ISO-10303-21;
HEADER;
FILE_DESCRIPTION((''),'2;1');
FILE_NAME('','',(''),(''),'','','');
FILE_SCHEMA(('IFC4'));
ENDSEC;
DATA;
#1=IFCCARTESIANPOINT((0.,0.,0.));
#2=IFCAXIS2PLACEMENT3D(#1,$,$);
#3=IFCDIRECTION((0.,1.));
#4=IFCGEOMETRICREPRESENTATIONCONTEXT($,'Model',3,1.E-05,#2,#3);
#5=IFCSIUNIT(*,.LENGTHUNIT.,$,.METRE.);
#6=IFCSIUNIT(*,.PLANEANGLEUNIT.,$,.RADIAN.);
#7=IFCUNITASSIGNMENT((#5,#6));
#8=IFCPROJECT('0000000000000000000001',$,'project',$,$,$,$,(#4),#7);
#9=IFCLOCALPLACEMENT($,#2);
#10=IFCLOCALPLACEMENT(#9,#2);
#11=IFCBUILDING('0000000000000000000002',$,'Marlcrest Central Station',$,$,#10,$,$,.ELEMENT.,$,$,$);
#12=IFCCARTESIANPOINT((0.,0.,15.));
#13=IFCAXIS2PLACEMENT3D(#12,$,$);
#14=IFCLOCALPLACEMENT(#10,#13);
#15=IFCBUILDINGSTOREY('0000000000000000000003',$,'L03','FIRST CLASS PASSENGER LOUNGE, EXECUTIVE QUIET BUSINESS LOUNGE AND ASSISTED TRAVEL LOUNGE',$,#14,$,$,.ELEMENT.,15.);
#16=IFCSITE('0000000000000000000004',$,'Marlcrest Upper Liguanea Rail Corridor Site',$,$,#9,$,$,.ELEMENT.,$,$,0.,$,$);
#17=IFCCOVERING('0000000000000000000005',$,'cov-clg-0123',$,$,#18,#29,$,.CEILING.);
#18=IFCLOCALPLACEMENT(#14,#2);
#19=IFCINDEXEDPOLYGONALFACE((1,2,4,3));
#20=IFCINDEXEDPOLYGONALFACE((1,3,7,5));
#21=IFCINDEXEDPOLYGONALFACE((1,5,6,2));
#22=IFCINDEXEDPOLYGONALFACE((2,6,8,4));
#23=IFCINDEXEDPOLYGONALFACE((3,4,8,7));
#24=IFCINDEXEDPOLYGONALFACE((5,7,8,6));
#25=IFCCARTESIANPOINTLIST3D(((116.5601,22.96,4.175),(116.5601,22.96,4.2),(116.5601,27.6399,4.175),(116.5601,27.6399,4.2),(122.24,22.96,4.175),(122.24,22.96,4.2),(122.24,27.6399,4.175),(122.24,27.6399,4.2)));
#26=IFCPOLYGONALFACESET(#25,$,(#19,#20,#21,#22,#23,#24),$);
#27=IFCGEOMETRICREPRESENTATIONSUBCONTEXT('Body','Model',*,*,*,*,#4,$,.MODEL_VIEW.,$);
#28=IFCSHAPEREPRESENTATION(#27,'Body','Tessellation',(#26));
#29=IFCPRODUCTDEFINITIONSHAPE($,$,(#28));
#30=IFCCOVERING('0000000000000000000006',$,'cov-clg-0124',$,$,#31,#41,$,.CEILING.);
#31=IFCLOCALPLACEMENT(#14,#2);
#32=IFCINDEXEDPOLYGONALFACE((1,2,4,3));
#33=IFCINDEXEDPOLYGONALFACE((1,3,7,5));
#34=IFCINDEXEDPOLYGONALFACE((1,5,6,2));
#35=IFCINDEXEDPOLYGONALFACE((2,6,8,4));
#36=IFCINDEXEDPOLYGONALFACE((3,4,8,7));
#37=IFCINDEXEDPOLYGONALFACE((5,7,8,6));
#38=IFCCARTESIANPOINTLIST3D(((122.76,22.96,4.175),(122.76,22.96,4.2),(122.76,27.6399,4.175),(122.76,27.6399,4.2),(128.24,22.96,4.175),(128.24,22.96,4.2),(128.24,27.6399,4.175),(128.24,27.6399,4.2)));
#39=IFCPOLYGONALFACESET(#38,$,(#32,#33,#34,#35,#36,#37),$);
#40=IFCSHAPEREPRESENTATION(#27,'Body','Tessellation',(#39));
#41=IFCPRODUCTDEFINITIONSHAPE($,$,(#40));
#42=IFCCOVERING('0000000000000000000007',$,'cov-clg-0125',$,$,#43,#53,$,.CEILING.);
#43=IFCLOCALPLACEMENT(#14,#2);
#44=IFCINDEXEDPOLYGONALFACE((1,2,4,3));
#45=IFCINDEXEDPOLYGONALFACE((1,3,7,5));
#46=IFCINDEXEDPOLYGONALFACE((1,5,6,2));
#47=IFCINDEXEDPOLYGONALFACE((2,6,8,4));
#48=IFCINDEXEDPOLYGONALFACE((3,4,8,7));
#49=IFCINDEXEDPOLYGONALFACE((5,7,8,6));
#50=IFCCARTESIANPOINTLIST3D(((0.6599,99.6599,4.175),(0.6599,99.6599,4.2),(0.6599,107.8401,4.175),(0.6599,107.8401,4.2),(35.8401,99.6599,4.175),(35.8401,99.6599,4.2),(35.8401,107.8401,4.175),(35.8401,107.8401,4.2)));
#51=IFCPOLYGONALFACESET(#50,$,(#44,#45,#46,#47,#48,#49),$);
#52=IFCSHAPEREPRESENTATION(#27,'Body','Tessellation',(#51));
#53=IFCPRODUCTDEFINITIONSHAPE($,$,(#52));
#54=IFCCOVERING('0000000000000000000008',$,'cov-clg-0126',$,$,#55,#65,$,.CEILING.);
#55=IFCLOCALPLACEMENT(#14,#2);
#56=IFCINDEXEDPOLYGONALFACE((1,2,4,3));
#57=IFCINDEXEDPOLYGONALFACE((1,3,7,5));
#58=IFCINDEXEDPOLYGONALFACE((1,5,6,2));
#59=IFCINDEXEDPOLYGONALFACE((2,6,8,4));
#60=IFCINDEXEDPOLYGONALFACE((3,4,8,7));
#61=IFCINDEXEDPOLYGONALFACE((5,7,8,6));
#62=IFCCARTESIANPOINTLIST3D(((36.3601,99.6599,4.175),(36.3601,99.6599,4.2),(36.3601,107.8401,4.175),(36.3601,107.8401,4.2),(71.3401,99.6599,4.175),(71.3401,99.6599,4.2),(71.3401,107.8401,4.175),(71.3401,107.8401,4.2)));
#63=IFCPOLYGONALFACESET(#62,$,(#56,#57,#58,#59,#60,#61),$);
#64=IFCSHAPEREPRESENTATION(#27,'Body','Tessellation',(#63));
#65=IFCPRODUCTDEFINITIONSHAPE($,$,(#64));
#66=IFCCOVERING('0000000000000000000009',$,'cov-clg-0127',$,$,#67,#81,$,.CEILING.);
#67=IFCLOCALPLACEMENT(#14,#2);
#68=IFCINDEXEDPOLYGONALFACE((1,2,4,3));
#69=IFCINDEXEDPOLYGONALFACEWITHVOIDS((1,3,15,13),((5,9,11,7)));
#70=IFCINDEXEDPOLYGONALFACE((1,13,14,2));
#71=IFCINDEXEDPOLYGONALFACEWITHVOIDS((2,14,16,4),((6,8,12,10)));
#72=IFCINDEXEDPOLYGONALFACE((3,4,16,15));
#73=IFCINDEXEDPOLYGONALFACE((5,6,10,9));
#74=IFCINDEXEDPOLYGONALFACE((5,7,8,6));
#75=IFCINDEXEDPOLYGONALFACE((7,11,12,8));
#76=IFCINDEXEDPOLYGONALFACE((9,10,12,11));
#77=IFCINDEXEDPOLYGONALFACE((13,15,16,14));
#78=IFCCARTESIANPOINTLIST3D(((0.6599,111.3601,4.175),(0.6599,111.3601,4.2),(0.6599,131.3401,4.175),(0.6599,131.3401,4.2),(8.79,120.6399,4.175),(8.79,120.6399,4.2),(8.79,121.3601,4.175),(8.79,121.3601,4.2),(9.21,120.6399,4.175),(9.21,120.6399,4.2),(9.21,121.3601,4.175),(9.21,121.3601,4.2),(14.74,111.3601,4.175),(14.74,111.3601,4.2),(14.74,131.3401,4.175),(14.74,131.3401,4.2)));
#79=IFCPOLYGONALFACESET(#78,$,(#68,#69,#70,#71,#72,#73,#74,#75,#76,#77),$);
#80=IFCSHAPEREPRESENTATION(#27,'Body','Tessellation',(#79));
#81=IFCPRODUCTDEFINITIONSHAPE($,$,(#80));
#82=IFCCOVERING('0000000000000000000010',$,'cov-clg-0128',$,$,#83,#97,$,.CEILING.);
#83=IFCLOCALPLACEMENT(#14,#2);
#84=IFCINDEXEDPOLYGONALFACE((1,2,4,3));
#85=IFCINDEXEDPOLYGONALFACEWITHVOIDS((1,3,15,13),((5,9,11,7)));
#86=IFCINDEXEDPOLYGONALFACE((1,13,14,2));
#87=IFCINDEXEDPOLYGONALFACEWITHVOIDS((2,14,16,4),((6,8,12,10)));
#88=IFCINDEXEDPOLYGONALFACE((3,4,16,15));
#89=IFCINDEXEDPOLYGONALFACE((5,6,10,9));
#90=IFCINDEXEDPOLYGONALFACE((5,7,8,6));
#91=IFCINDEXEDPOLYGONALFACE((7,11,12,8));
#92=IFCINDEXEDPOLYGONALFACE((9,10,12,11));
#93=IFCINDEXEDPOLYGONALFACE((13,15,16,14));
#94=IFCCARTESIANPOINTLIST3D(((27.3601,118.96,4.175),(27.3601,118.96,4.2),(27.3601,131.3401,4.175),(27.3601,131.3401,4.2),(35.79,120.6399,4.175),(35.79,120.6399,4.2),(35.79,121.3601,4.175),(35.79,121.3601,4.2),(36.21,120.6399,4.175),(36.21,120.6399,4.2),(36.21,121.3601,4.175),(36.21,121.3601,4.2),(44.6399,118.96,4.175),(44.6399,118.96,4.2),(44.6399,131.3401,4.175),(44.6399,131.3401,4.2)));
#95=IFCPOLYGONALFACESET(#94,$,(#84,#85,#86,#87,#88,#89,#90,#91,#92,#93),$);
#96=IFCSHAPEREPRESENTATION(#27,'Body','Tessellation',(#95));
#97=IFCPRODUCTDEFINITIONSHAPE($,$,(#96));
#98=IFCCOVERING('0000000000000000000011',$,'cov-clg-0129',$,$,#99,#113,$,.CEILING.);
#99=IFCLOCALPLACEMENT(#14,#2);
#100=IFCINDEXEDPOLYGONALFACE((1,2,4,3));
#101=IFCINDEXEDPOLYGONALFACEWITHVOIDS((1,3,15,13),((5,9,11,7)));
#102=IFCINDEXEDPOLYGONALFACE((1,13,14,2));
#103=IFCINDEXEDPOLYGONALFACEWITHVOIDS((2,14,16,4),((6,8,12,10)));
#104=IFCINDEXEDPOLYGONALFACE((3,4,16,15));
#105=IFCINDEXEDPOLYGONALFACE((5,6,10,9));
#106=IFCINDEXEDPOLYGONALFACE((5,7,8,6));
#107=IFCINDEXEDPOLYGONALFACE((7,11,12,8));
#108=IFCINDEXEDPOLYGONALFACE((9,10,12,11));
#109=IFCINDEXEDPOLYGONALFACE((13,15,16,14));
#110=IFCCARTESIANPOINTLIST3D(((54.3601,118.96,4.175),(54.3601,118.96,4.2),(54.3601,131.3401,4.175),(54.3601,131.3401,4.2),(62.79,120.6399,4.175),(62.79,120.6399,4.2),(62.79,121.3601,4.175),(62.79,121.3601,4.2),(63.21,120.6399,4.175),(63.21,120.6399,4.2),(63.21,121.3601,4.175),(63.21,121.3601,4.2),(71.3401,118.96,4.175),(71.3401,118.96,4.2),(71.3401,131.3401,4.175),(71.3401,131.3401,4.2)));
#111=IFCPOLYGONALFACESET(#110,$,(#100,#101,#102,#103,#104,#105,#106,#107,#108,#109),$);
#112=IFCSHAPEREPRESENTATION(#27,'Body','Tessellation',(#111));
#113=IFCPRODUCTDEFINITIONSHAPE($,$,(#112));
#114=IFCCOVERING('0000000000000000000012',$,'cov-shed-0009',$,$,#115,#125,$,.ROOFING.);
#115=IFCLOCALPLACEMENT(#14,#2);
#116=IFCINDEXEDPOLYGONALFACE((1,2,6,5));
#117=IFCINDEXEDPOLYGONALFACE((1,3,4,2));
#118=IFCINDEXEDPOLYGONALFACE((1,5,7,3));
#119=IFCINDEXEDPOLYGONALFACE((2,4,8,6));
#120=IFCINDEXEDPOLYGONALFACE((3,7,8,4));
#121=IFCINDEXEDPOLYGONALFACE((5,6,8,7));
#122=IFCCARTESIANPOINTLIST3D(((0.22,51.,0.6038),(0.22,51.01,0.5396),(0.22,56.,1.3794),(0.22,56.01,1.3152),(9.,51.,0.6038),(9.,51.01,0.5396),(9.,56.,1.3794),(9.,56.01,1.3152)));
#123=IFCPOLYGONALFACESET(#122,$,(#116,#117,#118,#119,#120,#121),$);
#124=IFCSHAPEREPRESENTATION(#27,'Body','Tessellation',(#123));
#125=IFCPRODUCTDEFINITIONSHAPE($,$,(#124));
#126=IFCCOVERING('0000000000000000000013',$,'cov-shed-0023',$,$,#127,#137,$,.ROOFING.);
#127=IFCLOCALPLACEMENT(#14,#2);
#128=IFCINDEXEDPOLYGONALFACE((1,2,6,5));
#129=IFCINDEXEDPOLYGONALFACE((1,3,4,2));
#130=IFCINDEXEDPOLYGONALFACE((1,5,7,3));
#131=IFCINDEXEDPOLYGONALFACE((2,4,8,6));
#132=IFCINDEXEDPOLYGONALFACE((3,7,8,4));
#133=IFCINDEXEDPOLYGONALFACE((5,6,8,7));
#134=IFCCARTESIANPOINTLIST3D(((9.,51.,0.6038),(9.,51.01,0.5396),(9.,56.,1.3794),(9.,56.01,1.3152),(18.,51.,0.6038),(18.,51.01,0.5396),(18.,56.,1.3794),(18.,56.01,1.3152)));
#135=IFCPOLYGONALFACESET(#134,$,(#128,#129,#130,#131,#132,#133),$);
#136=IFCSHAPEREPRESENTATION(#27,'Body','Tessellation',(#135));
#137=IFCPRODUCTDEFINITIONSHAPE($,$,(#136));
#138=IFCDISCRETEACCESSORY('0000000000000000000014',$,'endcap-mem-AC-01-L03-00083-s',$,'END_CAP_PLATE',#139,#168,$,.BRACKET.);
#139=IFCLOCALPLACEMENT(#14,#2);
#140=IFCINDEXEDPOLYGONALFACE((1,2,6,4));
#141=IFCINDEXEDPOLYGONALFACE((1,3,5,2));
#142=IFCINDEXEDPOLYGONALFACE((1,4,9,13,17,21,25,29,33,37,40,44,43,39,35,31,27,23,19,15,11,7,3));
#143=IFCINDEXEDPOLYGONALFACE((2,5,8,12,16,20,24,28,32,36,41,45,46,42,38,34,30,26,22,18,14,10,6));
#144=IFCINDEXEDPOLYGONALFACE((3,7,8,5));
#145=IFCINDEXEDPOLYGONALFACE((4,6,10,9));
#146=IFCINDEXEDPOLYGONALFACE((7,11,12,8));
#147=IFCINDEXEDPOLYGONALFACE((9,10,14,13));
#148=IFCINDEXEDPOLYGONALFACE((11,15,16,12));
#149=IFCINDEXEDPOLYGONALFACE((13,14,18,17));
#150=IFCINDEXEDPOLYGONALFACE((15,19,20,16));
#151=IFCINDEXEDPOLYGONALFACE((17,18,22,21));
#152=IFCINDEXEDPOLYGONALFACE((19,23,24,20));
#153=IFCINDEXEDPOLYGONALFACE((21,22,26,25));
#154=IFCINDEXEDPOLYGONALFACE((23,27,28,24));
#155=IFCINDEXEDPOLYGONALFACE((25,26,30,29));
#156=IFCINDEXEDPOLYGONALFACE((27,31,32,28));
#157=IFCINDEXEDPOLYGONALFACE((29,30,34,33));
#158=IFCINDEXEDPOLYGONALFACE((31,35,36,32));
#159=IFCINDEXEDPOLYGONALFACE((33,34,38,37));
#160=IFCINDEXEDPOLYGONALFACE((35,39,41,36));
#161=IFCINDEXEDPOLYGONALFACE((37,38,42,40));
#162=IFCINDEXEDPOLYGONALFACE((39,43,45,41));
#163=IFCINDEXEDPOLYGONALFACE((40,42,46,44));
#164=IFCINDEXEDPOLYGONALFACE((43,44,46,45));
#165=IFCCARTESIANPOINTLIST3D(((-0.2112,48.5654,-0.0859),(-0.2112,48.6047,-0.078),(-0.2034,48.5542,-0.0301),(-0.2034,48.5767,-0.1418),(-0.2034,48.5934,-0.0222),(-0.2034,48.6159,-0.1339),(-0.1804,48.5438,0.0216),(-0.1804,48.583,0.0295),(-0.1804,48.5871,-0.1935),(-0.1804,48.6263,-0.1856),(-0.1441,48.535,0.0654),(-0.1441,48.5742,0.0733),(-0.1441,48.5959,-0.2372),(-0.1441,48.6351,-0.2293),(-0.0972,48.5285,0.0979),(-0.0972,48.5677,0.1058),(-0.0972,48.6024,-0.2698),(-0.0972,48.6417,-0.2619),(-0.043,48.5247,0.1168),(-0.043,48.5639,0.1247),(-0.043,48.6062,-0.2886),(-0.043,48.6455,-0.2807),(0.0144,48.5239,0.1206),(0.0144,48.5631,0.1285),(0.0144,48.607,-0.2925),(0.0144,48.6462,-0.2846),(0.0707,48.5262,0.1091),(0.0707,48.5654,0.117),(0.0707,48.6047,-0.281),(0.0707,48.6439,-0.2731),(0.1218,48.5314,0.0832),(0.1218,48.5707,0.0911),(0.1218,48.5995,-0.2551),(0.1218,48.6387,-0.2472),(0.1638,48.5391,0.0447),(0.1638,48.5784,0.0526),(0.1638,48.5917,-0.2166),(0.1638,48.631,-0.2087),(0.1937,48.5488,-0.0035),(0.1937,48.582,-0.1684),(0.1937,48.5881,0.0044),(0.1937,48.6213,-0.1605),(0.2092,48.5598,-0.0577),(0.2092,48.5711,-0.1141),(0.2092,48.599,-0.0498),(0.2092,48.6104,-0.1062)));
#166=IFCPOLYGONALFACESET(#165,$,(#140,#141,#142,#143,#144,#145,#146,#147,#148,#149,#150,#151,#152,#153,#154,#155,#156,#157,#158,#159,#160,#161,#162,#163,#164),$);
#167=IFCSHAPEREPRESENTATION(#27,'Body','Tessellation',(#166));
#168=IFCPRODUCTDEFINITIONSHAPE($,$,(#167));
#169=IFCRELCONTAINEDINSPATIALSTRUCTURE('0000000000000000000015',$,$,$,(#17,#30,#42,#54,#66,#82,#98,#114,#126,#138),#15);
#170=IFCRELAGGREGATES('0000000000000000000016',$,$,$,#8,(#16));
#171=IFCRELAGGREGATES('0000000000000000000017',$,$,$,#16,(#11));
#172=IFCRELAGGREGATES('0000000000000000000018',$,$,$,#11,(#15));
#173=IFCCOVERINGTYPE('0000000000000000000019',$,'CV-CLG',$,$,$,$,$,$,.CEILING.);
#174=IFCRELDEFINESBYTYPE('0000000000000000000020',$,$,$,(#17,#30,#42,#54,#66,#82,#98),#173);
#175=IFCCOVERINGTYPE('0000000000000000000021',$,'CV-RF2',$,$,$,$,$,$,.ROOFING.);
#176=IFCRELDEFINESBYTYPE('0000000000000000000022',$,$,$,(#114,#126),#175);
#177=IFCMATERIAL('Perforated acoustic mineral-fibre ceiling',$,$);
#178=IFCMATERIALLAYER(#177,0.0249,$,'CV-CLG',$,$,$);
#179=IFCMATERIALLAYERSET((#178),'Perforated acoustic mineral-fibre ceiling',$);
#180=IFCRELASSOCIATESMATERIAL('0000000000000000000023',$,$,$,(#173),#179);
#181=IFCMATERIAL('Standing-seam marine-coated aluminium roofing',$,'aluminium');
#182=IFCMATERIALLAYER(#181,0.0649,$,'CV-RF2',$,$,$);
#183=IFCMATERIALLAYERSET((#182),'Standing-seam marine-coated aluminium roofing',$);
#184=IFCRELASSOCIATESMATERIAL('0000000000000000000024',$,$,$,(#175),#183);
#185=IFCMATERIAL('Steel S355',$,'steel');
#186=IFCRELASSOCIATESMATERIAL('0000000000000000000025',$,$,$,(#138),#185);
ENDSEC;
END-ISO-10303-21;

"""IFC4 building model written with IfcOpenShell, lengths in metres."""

from ifc_helpers import new_model, si_unit, direction, frame, origin, origin_2d, place, context, subcontext, project, spatial, polyline, circle, outline, extrude, material, layer, layer_set, type_object, element, save


model = new_model("IFC4")

# Units and contexts
model_context = context("Model", 3, precision=1e-05, world=origin(), true_north=direction((0.0, 1.0)))
body_context = subcontext(model_context, "Body", "Model", "MODEL_VIEW")
ifc_project = project(units=[si_unit("LENGTHUNIT", "METRE"), si_unit("PLANEANGLEUNIT", "RADIAN")], contexts=[model_context])

# Site, building, storey
site_placement = place(None, origin())
site = spatial("IfcSite", under=ifc_project, at=site_placement, Name="Marlcrest Upper Liguanea Rail Corridor Site", CompositionType="ELEMENT", RefElevation=0.0)
building_placement = place(site_placement, origin())
building = spatial("IfcBuilding", under=site, at=building_placement, Name="Marlcrest Central Station", CompositionType="ELEMENT")
storey_placement = place(building_placement, frame((0.0, 0.0, 15.0)))
storey = spatial("IfcBuildingStorey", under=building, at=storey_placement, Name="L03", Description="FIRST CLASS PASSENGER LOUNGE, EXECUTIVE QUIET BUSINESS LOUNGE AND ASSISTED TRAVEL LOUNGE", CompositionType="ELEMENT", Elevation=15.0)

# Shared definitions
ifc_material_1 = material(Name="Steel S355", Category="steel")

# Coverings
ifc_material_2 = material(Name="Perforated acoustic mineral-fibre ceiling")
ifc_layer_1 = layer(ifc_material_2, 0.0249, Name="CV-CLG")
ifc_layer_set_1 = layer_set([ifc_layer_1], Name="Perforated acoustic mineral-fibre ceiling")
covering_type_1 = type_object("IfcCoveringType", Name="CV-CLG", PredefinedType="CEILING", material=ifc_layer_set_1)
covering_1_placement = place(storey_placement, frame((0.0, 0.0, 4.175)))
element("IfcCovering", 1, at=covering_1_placement, inside=storey, type_object=covering_type_1, Name="cov-clg-0123", PredefinedType="CEILING", context=body_context, shape_type="SweptSolid", body=[
    extrude(outline(polyline([(122.24, 22.96), (122.24, 27.6399), (116.5601, 27.6399), (116.5601, 22.96), (122.24, 22.96)])), origin(), (0.0, 0.0, 1.0), 0.0249),
])
covering_2_placement = place(storey_placement, frame((0.0, 0.0, 4.175)))
element("IfcCovering", 2, at=covering_2_placement, inside=storey, type_object=covering_type_1, Name="cov-clg-0124", PredefinedType="CEILING", context=body_context, shape_type="SweptSolid", body=[
    extrude(outline(polyline([(128.24, 22.96), (128.24, 27.6399), (122.76, 27.6399), (122.76, 22.96), (128.24, 22.96)])), origin(), (0.0, 0.0, 1.0), 0.0249),
])
covering_3_placement = place(storey_placement, frame((0.0, 0.0, 4.175)))
element("IfcCovering", 3, at=covering_3_placement, inside=storey, type_object=covering_type_1, Name="cov-clg-0125", PredefinedType="CEILING", context=body_context, shape_type="SweptSolid", body=[
    extrude(outline(polyline([(35.8401, 99.6599), (35.8401, 107.8401), (0.6599, 107.8401), (0.6599, 99.6599), (35.8401, 99.6599)])), origin(), (0.0, 0.0, 1.0), 0.0249),
])
covering_4_placement = place(storey_placement, frame((0.0, 0.0, 4.175)))
element("IfcCovering", 4, at=covering_4_placement, inside=storey, type_object=covering_type_1, Name="cov-clg-0126", PredefinedType="CEILING", context=body_context, shape_type="SweptSolid", body=[
    extrude(outline(polyline([(71.3401, 99.6599), (71.3401, 107.8401), (36.3601, 107.8401), (36.3601, 99.6599), (71.3401, 99.6599)])), origin(), (0.0, 0.0, 1.0), 0.0249),
])
covering_5_placement = place(storey_placement, frame((0.0, 0.0, 4.175)))
element("IfcCovering", 5, at=covering_5_placement, inside=storey, type_object=covering_type_1, Name="cov-clg-0127", PredefinedType="CEILING", context=body_context, shape_type="SweptSolid", body=[
    extrude(outline(polyline([(0.6599, 111.3601), (0.6599, 131.3401), (14.74, 131.3401), (14.74, 111.3601), (0.6599, 111.3601)]), holes=[polyline([(9.21, 121.3601), (8.79, 121.3601), (8.79, 120.6399), (9.21, 120.6399), (9.21, 121.3601)])]), origin(), (0.0, 0.0, 1.0), 0.0249),
])
covering_6_placement = place(storey_placement, frame((0.0, 0.0, 4.175)))
element("IfcCovering", 6, at=covering_6_placement, inside=storey, type_object=covering_type_1, Name="cov-clg-0128", PredefinedType="CEILING", context=body_context, shape_type="SweptSolid", body=[
    extrude(outline(polyline([(27.3601, 118.96), (27.3601, 131.3401), (44.6399, 131.3401), (44.6399, 118.96), (27.3601, 118.96)]), holes=[polyline([(36.21, 121.3601), (35.79, 121.3601), (35.79, 120.6399), (36.21, 120.6399), (36.21, 121.3601)])]), origin(), (0.0, 0.0, 1.0), 0.0249),
])
covering_7_placement = place(storey_placement, frame((0.0, 0.0, 4.175)))
element("IfcCovering", 7, at=covering_7_placement, inside=storey, type_object=covering_type_1, Name="cov-clg-0129", PredefinedType="CEILING", context=body_context, shape_type="SweptSolid", body=[
    extrude(outline(polyline([(54.3601, 118.96), (54.3601, 131.3401), (71.3401, 131.3401), (71.3401, 118.96), (54.3601, 118.96)]), holes=[polyline([(63.21, 121.3601), (62.79, 121.3601), (62.79, 120.6399), (63.21, 120.6399), (63.21, 121.3601)])]), origin(), (0.0, 0.0, 1.0), 0.0249),
])
ifc_material_3 = material(Name="Standing-seam marine-coated aluminium roofing", Category="aluminium")
ifc_layer_2 = layer(ifc_material_3, 0.0649, Name="CV-RF2")
ifc_layer_set_2 = layer_set([ifc_layer_2], Name="Standing-seam marine-coated aluminium roofing")
covering_type_2 = type_object("IfcCoveringType", Name="CV-RF2", PredefinedType="ROOFING", material=ifc_layer_set_2)
covering_8_placement = place(storey_placement, frame((0.22, 51.0, 0.6038), z_axis=(0.0, -0.153293, 0.988181), x_axis=(1.0, 0.0, 0.0)))
element("IfcCovering", 8, at=covering_8_placement, inside=storey, type_object=covering_type_2, Name="cov-shed-0009", PredefinedType="ROOFING", context=body_context, shape_type="SweptSolid", body=[
    extrude(outline(polyline([(0.0, 0.0), (8.78, 0.0), (8.78, 5.0598), (0.0, 5.0598), (0.0, 0.0)])), origin(), (0.0, 0.0, -1.0), 0.0649),
])
covering_9_placement = place(storey_placement, frame((9.0, 51.0, 0.6038), z_axis=(0.0, -0.153293, 0.988181), x_axis=(1.0, 0.0, 0.0)))
element("IfcCovering", 9, at=covering_9_placement, inside=storey, type_object=covering_type_2, Name="cov-shed-0023", PredefinedType="ROOFING", context=body_context, shape_type="SweptSolid", body=[
    extrude(outline(polyline([(0.0, 0.0), (9.0, 0.0), (9.0, 5.0598), (0.0, 5.0598), (0.0, 0.0)])), origin(), (0.0, 0.0, -1.0), 0.0649),
])

# Discrete accessory
for number, where, z_axis, x_axis, name in (
    (10, (0.0, 48.5654, -0.0859), (0.0, 0.980359, 0.197219), (-1.0, 0.0, 0.0), "endcap-mem-AC-01-L03-00083-s"),
):
    element("IfcDiscreteAccessory", number, at=place(storey_placement, frame(where, z_axis=z_axis, x_axis=x_axis)), inside=storey, material=ifc_material_1, Name=name, ObjectType="END_CAP_PLATE", PredefinedType="BRACKET", context=body_context, shape_type="SweptSolid", body=[
        extrude(circle(Radius=0.2112, at=origin_2d()), origin(), (0.0, 0.0, 1.0), 0.04),
    ])

save(model, "model.ifc")
